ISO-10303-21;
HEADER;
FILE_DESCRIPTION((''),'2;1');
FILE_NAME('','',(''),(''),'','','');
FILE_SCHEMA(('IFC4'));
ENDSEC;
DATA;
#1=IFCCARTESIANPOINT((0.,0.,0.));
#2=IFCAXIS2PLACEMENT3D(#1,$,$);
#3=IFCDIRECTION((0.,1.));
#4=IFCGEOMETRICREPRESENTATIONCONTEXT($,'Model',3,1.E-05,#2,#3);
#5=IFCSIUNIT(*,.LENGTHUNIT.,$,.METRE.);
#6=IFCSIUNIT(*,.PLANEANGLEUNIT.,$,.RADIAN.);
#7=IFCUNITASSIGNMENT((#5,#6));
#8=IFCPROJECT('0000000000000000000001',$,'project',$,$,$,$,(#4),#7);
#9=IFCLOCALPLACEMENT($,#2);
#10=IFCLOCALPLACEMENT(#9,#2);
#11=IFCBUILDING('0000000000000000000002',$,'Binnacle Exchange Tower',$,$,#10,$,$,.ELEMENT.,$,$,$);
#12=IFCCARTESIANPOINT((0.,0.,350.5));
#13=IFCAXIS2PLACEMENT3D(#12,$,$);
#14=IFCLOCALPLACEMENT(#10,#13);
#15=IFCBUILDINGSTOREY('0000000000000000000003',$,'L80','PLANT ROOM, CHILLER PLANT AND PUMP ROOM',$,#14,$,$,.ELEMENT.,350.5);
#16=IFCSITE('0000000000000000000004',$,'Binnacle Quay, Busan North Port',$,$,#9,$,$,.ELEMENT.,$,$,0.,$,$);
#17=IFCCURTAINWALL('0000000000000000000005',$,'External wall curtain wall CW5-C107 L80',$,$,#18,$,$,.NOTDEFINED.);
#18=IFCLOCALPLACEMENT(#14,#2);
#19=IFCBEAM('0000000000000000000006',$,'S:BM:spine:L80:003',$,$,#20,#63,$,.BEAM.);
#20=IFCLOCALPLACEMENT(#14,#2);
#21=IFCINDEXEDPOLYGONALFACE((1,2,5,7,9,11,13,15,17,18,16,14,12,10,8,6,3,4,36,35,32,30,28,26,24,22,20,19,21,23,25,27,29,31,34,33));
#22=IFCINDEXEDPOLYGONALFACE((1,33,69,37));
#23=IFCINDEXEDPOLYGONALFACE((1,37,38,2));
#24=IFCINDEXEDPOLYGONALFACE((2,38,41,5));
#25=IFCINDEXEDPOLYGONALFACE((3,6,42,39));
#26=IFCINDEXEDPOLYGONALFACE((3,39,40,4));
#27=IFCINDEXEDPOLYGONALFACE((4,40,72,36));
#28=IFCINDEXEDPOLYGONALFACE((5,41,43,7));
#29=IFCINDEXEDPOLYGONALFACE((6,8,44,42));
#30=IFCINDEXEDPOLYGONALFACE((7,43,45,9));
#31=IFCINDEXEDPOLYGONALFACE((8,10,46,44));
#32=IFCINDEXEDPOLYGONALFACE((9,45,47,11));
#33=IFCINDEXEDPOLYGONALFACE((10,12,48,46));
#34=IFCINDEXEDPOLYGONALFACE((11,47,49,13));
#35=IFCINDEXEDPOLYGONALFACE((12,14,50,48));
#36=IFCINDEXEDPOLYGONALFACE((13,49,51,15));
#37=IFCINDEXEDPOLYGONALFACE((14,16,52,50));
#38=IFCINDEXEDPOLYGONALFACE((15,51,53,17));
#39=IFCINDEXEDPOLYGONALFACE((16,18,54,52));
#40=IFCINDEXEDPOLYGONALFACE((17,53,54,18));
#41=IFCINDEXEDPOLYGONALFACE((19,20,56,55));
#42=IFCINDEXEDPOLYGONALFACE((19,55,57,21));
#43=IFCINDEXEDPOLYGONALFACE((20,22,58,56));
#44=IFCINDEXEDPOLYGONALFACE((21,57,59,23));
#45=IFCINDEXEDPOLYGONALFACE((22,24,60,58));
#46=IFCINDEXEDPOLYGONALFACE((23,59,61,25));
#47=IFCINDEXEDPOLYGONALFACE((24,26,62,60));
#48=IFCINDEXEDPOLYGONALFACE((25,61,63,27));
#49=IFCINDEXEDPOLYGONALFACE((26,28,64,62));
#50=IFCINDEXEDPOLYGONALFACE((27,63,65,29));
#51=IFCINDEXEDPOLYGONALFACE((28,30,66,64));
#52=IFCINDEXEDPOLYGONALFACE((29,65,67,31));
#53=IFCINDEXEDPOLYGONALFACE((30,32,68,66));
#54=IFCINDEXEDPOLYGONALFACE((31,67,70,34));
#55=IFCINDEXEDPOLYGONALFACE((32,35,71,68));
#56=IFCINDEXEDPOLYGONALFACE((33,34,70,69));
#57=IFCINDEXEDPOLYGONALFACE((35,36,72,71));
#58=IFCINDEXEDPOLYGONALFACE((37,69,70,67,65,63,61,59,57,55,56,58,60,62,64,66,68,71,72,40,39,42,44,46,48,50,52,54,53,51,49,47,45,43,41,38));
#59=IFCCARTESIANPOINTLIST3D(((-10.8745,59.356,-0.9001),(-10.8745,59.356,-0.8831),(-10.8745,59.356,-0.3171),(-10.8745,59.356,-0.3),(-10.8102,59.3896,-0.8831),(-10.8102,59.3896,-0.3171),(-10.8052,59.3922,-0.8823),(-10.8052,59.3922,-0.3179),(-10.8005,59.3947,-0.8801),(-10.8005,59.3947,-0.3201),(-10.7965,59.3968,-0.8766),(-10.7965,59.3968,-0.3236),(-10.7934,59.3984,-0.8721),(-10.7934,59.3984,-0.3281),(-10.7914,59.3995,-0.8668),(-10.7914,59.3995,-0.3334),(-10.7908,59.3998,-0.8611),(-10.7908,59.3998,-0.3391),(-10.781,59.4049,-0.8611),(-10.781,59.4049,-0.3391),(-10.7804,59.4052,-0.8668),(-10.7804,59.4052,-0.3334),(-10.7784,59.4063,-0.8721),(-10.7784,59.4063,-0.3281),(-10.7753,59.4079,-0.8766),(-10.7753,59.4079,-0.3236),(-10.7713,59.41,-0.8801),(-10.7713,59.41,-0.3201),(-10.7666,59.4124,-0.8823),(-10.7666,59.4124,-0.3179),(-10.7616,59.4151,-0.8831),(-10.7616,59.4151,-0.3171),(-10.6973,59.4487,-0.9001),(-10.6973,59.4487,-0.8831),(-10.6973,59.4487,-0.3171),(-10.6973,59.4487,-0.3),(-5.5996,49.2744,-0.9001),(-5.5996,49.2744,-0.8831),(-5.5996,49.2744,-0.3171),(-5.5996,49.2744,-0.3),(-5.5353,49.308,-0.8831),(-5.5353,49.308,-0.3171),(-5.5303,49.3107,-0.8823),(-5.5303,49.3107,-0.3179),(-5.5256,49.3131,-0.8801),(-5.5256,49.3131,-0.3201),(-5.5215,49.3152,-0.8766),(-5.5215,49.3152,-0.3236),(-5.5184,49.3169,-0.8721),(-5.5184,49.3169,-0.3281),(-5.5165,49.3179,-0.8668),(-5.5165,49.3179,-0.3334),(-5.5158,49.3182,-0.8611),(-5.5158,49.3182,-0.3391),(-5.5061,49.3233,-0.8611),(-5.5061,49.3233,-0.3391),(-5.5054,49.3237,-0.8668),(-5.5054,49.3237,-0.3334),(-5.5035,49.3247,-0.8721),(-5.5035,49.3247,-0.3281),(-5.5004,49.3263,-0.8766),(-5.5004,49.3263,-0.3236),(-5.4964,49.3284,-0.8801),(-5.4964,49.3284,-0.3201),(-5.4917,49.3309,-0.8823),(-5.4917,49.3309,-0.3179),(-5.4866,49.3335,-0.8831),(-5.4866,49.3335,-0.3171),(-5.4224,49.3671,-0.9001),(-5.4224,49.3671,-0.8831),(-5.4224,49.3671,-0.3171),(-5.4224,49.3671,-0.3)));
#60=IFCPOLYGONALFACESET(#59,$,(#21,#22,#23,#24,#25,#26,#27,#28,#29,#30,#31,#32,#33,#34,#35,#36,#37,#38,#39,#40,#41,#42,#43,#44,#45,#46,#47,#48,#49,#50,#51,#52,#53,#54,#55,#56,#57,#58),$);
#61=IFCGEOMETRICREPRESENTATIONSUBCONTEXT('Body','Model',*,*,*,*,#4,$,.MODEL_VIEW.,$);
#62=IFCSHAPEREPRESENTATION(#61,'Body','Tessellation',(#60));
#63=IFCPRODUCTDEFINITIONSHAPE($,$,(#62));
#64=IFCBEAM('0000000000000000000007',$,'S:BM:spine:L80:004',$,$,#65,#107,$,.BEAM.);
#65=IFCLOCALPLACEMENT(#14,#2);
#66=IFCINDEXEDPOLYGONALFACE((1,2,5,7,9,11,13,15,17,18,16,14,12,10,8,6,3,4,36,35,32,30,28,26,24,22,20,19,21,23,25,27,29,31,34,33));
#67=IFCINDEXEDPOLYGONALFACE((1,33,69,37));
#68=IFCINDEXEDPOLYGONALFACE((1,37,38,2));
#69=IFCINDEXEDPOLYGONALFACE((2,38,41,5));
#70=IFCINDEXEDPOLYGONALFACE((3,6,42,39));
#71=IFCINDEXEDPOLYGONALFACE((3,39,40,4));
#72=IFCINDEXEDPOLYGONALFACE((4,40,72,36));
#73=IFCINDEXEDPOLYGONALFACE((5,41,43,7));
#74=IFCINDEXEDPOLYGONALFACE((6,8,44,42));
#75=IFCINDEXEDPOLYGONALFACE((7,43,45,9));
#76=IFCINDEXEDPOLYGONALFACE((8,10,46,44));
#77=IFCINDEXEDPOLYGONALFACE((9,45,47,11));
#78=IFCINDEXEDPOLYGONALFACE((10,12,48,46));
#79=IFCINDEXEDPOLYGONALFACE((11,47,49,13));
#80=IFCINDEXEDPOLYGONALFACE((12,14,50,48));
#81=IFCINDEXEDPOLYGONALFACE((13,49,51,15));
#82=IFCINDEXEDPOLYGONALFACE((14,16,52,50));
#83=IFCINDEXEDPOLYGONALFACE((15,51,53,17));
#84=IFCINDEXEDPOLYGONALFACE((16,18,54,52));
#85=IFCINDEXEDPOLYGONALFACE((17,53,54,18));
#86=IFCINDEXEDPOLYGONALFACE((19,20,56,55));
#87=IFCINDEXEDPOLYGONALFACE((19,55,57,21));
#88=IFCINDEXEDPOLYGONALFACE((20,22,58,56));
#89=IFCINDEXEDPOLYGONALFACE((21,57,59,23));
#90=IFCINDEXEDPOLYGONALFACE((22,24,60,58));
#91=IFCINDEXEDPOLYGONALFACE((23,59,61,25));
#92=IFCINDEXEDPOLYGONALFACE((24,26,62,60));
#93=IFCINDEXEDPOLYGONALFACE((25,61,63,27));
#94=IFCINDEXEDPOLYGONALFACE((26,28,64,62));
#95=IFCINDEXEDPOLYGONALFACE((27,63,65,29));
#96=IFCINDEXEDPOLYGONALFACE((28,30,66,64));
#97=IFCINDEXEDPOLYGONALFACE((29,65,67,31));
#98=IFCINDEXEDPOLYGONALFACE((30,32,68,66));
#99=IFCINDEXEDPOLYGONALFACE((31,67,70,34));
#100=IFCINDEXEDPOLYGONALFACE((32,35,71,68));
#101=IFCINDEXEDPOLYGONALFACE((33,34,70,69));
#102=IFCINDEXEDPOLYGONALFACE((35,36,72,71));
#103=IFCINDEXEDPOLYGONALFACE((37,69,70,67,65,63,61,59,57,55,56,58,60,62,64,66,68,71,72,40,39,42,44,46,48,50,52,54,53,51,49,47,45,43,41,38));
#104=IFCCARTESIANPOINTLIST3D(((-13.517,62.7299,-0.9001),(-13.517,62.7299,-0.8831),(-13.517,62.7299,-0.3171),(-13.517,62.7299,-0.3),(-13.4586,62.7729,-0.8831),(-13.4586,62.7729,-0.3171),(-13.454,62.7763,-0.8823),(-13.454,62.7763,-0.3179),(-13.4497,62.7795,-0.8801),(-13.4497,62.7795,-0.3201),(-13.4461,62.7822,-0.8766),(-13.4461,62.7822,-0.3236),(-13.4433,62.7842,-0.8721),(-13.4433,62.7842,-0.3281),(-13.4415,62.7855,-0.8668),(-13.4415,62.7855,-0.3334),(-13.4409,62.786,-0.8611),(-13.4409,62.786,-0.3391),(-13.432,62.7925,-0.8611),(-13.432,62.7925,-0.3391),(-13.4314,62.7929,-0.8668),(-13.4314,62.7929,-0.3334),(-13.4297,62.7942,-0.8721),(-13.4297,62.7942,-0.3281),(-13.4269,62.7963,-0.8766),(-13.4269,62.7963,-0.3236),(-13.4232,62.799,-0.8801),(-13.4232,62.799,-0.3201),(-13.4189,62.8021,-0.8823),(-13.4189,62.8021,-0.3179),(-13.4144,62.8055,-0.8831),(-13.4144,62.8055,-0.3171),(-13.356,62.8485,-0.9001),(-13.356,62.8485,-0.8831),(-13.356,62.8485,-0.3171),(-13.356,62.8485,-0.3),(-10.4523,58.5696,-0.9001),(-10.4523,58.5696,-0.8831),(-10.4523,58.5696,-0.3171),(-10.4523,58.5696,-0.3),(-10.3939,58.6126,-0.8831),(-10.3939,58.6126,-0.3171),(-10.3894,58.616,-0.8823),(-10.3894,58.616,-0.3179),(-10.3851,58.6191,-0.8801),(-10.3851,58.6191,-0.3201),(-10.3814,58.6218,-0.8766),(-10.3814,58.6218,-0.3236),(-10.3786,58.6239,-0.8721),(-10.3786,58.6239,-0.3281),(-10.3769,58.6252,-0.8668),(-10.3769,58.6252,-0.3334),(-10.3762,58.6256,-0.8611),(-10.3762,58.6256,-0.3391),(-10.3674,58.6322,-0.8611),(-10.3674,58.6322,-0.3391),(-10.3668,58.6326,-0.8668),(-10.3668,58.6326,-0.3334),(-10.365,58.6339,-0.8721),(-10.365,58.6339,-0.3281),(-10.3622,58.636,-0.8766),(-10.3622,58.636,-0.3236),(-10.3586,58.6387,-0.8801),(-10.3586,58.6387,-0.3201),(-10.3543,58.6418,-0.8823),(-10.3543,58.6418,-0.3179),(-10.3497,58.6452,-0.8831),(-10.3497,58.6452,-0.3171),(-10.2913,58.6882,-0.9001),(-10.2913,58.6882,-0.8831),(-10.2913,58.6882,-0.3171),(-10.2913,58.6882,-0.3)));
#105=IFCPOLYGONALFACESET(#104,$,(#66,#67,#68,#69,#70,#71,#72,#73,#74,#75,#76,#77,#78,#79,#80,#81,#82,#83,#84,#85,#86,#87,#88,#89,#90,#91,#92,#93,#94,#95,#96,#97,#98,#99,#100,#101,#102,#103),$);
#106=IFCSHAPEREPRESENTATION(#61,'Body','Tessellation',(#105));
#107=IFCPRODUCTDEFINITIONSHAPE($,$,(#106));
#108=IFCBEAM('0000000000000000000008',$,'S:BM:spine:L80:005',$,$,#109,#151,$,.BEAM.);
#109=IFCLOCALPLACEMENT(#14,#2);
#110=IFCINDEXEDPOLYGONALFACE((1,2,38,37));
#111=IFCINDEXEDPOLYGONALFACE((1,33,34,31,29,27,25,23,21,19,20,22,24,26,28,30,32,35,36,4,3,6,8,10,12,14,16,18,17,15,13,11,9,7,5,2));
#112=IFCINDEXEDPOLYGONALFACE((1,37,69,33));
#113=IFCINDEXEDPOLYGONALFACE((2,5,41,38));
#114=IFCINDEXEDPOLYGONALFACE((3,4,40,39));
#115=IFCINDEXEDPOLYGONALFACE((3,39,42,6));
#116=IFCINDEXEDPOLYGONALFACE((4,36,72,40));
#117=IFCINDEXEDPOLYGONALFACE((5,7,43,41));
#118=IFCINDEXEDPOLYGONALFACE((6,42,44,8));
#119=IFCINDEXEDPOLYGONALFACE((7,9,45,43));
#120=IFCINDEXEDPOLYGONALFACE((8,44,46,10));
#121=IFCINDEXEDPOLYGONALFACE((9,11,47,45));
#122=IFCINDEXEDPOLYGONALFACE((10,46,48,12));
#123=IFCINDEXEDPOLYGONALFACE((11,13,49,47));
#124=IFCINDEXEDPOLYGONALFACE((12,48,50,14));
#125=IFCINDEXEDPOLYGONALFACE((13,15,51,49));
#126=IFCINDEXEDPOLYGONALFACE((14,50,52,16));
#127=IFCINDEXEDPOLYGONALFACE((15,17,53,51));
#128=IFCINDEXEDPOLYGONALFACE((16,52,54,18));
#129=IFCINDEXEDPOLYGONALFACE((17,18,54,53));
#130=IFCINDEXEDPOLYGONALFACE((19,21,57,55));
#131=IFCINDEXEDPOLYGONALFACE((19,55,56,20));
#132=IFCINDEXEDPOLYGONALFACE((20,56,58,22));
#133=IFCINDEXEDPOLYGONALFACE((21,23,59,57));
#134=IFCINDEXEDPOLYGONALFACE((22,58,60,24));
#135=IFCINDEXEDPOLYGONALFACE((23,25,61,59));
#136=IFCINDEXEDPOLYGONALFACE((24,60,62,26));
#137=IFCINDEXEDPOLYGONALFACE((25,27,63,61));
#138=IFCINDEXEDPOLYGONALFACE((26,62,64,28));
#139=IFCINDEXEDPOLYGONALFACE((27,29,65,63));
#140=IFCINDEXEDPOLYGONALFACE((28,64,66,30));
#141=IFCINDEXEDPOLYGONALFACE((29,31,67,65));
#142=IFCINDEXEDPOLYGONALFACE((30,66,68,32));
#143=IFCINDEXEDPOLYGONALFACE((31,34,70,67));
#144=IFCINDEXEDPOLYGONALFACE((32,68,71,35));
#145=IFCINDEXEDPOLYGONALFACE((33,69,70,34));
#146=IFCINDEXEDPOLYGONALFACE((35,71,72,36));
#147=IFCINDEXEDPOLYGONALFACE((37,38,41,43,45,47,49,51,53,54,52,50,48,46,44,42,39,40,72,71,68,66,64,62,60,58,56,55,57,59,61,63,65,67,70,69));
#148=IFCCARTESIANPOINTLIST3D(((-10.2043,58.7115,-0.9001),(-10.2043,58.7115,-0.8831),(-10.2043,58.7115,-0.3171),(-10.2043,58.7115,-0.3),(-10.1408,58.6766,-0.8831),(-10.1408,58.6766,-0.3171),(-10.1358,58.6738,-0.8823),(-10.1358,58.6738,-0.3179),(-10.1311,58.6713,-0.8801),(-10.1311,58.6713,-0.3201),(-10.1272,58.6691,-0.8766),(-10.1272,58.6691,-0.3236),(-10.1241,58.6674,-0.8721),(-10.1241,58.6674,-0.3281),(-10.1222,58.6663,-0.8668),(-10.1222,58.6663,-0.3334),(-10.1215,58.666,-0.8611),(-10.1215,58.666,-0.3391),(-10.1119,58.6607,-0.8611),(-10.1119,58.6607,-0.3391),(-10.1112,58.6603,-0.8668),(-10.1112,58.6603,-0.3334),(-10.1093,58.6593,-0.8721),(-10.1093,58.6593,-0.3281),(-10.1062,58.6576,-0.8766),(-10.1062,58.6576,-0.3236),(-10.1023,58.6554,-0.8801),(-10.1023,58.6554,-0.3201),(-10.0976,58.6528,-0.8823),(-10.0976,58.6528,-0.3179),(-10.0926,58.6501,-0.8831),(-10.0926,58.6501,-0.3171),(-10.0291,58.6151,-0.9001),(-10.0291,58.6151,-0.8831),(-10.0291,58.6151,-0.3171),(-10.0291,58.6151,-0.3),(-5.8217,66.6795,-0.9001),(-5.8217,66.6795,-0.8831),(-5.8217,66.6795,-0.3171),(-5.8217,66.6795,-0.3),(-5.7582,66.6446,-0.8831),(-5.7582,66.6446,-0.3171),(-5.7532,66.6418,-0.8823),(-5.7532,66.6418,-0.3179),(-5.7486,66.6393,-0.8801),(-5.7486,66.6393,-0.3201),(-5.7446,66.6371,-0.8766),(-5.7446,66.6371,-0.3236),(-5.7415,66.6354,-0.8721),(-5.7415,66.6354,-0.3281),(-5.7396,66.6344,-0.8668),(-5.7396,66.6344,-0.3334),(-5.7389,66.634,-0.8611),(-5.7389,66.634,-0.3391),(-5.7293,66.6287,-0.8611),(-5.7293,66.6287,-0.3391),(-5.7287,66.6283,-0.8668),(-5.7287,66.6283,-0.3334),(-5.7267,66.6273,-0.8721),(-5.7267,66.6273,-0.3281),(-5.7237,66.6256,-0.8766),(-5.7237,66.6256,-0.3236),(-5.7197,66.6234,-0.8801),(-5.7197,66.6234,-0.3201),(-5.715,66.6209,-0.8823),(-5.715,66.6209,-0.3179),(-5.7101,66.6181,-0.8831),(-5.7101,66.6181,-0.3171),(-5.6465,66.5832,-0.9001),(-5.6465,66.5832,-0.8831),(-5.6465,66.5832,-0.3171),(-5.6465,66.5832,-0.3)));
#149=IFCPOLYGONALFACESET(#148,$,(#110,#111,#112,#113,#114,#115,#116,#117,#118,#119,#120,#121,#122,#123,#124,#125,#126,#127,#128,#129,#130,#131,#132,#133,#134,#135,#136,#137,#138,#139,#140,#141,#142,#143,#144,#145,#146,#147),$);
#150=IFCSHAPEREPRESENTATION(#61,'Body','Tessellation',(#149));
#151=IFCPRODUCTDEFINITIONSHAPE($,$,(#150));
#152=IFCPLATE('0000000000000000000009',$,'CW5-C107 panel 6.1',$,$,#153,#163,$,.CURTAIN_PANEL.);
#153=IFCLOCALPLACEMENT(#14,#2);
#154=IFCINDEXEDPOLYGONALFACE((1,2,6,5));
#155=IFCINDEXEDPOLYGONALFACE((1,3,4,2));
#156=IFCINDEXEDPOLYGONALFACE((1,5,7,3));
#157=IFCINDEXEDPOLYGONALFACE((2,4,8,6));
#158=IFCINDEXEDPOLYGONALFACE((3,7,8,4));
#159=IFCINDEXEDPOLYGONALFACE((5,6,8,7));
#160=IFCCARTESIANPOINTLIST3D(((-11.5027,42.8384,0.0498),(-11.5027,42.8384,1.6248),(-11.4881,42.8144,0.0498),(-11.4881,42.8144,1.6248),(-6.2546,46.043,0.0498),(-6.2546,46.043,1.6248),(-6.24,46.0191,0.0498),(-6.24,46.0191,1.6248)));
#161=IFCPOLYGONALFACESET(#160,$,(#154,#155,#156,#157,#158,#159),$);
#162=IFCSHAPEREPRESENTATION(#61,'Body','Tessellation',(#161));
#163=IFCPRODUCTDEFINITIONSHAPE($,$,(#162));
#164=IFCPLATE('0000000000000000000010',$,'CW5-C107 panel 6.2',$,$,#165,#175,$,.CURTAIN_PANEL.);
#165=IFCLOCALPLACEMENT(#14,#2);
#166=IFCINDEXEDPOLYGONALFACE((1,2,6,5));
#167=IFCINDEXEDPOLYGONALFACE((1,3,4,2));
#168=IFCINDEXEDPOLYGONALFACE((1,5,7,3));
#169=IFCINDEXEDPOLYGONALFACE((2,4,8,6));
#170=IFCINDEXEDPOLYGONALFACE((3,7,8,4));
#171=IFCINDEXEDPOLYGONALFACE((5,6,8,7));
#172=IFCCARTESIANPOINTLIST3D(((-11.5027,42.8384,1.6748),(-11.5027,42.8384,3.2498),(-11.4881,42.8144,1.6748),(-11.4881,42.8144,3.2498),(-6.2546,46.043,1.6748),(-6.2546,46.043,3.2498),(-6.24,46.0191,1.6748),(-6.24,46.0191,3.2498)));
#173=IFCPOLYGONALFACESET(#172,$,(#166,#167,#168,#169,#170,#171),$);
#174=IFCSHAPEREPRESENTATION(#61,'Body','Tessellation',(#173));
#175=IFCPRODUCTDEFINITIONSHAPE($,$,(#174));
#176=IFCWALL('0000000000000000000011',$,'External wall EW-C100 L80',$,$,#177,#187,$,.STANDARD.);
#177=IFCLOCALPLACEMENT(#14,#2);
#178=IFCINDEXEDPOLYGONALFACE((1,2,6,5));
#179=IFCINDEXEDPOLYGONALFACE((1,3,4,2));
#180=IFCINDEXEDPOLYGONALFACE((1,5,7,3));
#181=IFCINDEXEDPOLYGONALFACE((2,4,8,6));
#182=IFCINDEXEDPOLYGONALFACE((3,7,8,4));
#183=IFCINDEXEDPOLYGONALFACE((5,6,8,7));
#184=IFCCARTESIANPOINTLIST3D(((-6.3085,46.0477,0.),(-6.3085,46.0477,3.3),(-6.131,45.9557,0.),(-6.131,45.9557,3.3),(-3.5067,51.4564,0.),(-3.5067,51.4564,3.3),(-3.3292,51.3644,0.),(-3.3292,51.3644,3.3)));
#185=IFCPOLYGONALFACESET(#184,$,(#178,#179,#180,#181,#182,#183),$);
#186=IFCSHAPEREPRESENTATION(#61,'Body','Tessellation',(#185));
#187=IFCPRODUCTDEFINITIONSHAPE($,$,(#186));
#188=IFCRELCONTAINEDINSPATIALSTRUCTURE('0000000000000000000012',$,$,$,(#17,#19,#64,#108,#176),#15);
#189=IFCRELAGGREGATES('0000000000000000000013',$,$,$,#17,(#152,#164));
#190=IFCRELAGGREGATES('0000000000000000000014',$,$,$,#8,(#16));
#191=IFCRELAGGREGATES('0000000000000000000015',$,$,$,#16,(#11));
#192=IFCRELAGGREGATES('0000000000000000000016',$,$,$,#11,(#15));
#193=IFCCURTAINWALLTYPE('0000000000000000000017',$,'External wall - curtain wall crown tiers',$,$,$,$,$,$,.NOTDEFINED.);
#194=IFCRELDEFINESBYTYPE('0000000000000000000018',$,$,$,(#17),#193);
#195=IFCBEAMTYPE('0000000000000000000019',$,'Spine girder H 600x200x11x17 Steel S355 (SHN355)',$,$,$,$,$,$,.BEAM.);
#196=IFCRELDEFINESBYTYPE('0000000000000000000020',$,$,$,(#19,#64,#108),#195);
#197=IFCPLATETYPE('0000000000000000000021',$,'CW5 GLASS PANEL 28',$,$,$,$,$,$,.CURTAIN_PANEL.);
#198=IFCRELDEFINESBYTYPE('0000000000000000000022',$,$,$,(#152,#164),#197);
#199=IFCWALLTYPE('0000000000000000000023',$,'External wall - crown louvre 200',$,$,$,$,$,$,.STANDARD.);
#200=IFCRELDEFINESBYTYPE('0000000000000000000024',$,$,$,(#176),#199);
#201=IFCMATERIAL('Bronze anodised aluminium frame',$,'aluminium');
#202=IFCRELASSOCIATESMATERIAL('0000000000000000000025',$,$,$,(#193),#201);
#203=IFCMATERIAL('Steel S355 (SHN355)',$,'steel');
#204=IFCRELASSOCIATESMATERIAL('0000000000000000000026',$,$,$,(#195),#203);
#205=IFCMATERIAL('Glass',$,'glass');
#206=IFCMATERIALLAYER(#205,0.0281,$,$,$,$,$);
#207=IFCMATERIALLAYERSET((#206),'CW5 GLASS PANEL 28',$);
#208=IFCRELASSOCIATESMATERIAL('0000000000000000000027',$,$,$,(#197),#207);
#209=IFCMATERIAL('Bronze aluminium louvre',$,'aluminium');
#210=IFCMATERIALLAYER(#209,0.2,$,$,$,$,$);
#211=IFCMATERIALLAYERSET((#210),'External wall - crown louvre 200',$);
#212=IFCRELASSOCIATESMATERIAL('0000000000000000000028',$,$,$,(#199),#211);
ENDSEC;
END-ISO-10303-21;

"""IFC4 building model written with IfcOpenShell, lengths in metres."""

from ifc_helpers import new_model, si_unit, direction, frame, frame_2d, origin, origin_2d, place, context, subcontext, project, spatial, rectangle, i_section, extrude, material, layer, layer_set, material_profile, profile_set, type_object, element, aggregate, save


model = new_model("IFC4")

# Units and contexts
model_context = context("Model", 3, precision=1e-05, world=origin(), true_north=direction((0.0, 1.0)))
body_context = subcontext(model_context, "Body", "Model", "MODEL_VIEW")
ifc_project = project(units=[si_unit("LENGTHUNIT", "METRE"), si_unit("PLANEANGLEUNIT", "RADIAN")], contexts=[model_context])

# Site, building, storey
site_placement = place(None, origin())
site = spatial("IfcSite", under=ifc_project, at=site_placement, Name="Binnacle Quay, Busan North Port", CompositionType="ELEMENT", RefElevation=0.0)
building_placement = place(site_placement, origin())
building = spatial("IfcBuilding", under=site, at=building_placement, Name="Binnacle Exchange Tower", CompositionType="ELEMENT")
storey_placement = place(building_placement, frame((0.0, 0.0, 350.5)))
storey = spatial("IfcBuildingStorey", under=building, at=storey_placement, Name="L80", Description="PLANT ROOM, CHILLER PLANT AND PUMP ROOM", CompositionType="ELEMENT", Elevation=350.5)

# Shared definitions
ifc_material_1 = material(Name="Steel S355 (SHN355)", Category="steel")

# Curtain wall
ifc_material_2 = material(Name="Bronze anodised aluminium frame", Category="aluminium")
curtain_wall_type = type_object("IfcCurtainWallType", Name="External wall - curtain wall crown tiers", PredefinedType="NOTDEFINED", material=ifc_material_2)
curtain_wall_1_placement = place(storey_placement, origin())
curtain_wall_1 = element("IfcCurtainWall", 1, at=curtain_wall_1_placement, inside=storey, type_object=curtain_wall_type, Name="External wall curtain wall CW5-C107 L80", PredefinedType="NOTDEFINED")

# Beams
ifc_material_profile_1 = material_profile(ifc_material_1, i_section(OverallWidth=0.2, OverallDepth=0.6001, WebThickness=0.011, FlangeThickness=0.0171, FilletRadius=0.022, at=origin_2d()), Name="H 600x200x11x17")
ifc_profile_set_1 = profile_set([ifc_material_profile_1], Name="Steel S355 (SHN355)")
beam_type_1 = type_object("IfcBeamType", Name="Spine girder H 600x200x11x17 Steel S355 (SHN355)", PredefinedType="BEAM", material=ifc_profile_set_1)
beam_1_placement = place(storey_placement, frame((-10.7859, 59.4023, -0.6001), z_axis=(0.4636, -0.886045, 0.0), x_axis=(0.886045, 0.4636, 0.0)))
element("IfcBeam", 2, at=beam_1_placement, inside=storey, type_object=beam_type_1, Name="S:BM:spine:L80:003", PredefinedType="BEAM", context=body_context, shape_type="SweptSolid", body=[
    extrude(i_section(OverallWidth=0.2, OverallDepth=0.6001, WebThickness=0.011, FlangeThickness=0.0171, FilletRadius=0.022, at=origin_2d()), origin(), (0.0, 0.0, 1.0), 11.3782),
])
beam_2_placement = place(storey_placement, frame((-10.3718, 58.6289, -0.6001), z_axis=(-0.593091, 0.805135, 0.0), x_axis=(-0.805135, -0.593091, 0.0)))
element("IfcBeam", 3, at=beam_2_placement, inside=storey, type_object=beam_type_1, Name="S:BM:spine:L80:004", PredefinedType="BEAM", context=body_context, shape_type="SweptSolid", body=[
    extrude(i_section(OverallWidth=0.2, OverallDepth=0.6001, WebThickness=0.011, FlangeThickness=0.0171, FilletRadius=0.022, at=origin_2d()), origin(), (0.0, 0.0, 1.0), 5.1672),
])
beam_3_placement = place(storey_placement, frame((-10.1167, 58.6633, -0.6001), z_axis=(0.481932, 0.876209, 0.0), x_axis=(-0.876209, 0.481932, 0.0)))
element("IfcBeam", 4, at=beam_3_placement, inside=storey, type_object=beam_type_1, Name="S:BM:spine:L80:005", PredefinedType="BEAM", context=body_context, shape_type="SweptSolid", body=[
    extrude(i_section(OverallWidth=0.2, OverallDepth=0.6001, WebThickness=0.011, FlangeThickness=0.0171, FilletRadius=0.022, at=origin_2d()), origin(), (0.0, 0.0, 1.0), 9.0938),
])

# Plates
ifc_material_3 = material(Name="Glass", Category="glass")
ifc_layer_1 = layer(ifc_material_3, 0.0281)
ifc_layer_set_1 = layer_set([ifc_layer_1], Name="CW5 GLASS PANEL 28")
plate_type = type_object("IfcPlateType", Name="CW5 GLASS PANEL 28", PredefinedType="CURTAIN_PANEL", material=ifc_layer_set_1)
plate_1_placement = place(storey_placement, frame((-8.8713, 44.4287, 0.0498), z_axis=(0.0, 0.0, 1.0), x_axis=(0.853461, 0.521157, 0.0)))
plate_1 = element("IfcPlate", 5, at=plate_1_placement, type_object=plate_type, Name="CW5-C107 panel 6.1", PredefinedType="CURTAIN_PANEL", context=body_context, shape_type="SweptSolid", body=[
    extrude(rectangle(XDim=6.1492, YDim=0.0281, at=origin_2d()), origin(), (0.0, 0.0, 1.0), 1.575),
])
plate_2_placement = place(storey_placement, frame((-8.8713, 44.4287, 1.6748), z_axis=(0.0, 0.0, 1.0), x_axis=(0.853461, 0.521157, 0.0)))
plate_2 = element("IfcPlate", 6, at=plate_2_placement, type_object=plate_type, Name="CW5-C107 panel 6.2", PredefinedType="CURTAIN_PANEL", context=body_context, shape_type="SweptSolid", body=[
    extrude(rectangle(XDim=6.1492, YDim=0.0281, at=origin_2d()), origin(), (0.0, 0.0, 1.0), 1.575),
])
aggregate(curtain_wall_1, [plate_1, plate_2])

# Wall
ifc_material_4 = material(Name="Bronze aluminium louvre", Category="aluminium")
ifc_layer_2 = layer(ifc_material_4, 0.2)
ifc_layer_set_2 = layer_set([ifc_layer_2], Name="External wall - crown louvre 200")
wall_type_1 = type_object("IfcWallType", Name="External wall - crown louvre 200", PredefinedType="STANDARD", material=ifc_layer_set_2)
wall_1_placement = place(storey_placement, frame((-3.418, 51.4104, 0.0), z_axis=(0.0, 0.0, 1.0), x_axis=(-0.459961, -0.887939, 0.0)))
element("IfcWall", 7, at=wall_1_placement, inside=storey, type_object=wall_type_1, Name="External wall EW-C100 L80", PredefinedType="STANDARD", context=body_context, shape_type="SweptSolid", body=[
    extrude(rectangle(XDim=6.0913, YDim=0.2, at=frame_2d((3.0457, 0.0))), origin(), (0.0, 0.0, 1.0), 3.3),
])

save(model, "model.ifc")
